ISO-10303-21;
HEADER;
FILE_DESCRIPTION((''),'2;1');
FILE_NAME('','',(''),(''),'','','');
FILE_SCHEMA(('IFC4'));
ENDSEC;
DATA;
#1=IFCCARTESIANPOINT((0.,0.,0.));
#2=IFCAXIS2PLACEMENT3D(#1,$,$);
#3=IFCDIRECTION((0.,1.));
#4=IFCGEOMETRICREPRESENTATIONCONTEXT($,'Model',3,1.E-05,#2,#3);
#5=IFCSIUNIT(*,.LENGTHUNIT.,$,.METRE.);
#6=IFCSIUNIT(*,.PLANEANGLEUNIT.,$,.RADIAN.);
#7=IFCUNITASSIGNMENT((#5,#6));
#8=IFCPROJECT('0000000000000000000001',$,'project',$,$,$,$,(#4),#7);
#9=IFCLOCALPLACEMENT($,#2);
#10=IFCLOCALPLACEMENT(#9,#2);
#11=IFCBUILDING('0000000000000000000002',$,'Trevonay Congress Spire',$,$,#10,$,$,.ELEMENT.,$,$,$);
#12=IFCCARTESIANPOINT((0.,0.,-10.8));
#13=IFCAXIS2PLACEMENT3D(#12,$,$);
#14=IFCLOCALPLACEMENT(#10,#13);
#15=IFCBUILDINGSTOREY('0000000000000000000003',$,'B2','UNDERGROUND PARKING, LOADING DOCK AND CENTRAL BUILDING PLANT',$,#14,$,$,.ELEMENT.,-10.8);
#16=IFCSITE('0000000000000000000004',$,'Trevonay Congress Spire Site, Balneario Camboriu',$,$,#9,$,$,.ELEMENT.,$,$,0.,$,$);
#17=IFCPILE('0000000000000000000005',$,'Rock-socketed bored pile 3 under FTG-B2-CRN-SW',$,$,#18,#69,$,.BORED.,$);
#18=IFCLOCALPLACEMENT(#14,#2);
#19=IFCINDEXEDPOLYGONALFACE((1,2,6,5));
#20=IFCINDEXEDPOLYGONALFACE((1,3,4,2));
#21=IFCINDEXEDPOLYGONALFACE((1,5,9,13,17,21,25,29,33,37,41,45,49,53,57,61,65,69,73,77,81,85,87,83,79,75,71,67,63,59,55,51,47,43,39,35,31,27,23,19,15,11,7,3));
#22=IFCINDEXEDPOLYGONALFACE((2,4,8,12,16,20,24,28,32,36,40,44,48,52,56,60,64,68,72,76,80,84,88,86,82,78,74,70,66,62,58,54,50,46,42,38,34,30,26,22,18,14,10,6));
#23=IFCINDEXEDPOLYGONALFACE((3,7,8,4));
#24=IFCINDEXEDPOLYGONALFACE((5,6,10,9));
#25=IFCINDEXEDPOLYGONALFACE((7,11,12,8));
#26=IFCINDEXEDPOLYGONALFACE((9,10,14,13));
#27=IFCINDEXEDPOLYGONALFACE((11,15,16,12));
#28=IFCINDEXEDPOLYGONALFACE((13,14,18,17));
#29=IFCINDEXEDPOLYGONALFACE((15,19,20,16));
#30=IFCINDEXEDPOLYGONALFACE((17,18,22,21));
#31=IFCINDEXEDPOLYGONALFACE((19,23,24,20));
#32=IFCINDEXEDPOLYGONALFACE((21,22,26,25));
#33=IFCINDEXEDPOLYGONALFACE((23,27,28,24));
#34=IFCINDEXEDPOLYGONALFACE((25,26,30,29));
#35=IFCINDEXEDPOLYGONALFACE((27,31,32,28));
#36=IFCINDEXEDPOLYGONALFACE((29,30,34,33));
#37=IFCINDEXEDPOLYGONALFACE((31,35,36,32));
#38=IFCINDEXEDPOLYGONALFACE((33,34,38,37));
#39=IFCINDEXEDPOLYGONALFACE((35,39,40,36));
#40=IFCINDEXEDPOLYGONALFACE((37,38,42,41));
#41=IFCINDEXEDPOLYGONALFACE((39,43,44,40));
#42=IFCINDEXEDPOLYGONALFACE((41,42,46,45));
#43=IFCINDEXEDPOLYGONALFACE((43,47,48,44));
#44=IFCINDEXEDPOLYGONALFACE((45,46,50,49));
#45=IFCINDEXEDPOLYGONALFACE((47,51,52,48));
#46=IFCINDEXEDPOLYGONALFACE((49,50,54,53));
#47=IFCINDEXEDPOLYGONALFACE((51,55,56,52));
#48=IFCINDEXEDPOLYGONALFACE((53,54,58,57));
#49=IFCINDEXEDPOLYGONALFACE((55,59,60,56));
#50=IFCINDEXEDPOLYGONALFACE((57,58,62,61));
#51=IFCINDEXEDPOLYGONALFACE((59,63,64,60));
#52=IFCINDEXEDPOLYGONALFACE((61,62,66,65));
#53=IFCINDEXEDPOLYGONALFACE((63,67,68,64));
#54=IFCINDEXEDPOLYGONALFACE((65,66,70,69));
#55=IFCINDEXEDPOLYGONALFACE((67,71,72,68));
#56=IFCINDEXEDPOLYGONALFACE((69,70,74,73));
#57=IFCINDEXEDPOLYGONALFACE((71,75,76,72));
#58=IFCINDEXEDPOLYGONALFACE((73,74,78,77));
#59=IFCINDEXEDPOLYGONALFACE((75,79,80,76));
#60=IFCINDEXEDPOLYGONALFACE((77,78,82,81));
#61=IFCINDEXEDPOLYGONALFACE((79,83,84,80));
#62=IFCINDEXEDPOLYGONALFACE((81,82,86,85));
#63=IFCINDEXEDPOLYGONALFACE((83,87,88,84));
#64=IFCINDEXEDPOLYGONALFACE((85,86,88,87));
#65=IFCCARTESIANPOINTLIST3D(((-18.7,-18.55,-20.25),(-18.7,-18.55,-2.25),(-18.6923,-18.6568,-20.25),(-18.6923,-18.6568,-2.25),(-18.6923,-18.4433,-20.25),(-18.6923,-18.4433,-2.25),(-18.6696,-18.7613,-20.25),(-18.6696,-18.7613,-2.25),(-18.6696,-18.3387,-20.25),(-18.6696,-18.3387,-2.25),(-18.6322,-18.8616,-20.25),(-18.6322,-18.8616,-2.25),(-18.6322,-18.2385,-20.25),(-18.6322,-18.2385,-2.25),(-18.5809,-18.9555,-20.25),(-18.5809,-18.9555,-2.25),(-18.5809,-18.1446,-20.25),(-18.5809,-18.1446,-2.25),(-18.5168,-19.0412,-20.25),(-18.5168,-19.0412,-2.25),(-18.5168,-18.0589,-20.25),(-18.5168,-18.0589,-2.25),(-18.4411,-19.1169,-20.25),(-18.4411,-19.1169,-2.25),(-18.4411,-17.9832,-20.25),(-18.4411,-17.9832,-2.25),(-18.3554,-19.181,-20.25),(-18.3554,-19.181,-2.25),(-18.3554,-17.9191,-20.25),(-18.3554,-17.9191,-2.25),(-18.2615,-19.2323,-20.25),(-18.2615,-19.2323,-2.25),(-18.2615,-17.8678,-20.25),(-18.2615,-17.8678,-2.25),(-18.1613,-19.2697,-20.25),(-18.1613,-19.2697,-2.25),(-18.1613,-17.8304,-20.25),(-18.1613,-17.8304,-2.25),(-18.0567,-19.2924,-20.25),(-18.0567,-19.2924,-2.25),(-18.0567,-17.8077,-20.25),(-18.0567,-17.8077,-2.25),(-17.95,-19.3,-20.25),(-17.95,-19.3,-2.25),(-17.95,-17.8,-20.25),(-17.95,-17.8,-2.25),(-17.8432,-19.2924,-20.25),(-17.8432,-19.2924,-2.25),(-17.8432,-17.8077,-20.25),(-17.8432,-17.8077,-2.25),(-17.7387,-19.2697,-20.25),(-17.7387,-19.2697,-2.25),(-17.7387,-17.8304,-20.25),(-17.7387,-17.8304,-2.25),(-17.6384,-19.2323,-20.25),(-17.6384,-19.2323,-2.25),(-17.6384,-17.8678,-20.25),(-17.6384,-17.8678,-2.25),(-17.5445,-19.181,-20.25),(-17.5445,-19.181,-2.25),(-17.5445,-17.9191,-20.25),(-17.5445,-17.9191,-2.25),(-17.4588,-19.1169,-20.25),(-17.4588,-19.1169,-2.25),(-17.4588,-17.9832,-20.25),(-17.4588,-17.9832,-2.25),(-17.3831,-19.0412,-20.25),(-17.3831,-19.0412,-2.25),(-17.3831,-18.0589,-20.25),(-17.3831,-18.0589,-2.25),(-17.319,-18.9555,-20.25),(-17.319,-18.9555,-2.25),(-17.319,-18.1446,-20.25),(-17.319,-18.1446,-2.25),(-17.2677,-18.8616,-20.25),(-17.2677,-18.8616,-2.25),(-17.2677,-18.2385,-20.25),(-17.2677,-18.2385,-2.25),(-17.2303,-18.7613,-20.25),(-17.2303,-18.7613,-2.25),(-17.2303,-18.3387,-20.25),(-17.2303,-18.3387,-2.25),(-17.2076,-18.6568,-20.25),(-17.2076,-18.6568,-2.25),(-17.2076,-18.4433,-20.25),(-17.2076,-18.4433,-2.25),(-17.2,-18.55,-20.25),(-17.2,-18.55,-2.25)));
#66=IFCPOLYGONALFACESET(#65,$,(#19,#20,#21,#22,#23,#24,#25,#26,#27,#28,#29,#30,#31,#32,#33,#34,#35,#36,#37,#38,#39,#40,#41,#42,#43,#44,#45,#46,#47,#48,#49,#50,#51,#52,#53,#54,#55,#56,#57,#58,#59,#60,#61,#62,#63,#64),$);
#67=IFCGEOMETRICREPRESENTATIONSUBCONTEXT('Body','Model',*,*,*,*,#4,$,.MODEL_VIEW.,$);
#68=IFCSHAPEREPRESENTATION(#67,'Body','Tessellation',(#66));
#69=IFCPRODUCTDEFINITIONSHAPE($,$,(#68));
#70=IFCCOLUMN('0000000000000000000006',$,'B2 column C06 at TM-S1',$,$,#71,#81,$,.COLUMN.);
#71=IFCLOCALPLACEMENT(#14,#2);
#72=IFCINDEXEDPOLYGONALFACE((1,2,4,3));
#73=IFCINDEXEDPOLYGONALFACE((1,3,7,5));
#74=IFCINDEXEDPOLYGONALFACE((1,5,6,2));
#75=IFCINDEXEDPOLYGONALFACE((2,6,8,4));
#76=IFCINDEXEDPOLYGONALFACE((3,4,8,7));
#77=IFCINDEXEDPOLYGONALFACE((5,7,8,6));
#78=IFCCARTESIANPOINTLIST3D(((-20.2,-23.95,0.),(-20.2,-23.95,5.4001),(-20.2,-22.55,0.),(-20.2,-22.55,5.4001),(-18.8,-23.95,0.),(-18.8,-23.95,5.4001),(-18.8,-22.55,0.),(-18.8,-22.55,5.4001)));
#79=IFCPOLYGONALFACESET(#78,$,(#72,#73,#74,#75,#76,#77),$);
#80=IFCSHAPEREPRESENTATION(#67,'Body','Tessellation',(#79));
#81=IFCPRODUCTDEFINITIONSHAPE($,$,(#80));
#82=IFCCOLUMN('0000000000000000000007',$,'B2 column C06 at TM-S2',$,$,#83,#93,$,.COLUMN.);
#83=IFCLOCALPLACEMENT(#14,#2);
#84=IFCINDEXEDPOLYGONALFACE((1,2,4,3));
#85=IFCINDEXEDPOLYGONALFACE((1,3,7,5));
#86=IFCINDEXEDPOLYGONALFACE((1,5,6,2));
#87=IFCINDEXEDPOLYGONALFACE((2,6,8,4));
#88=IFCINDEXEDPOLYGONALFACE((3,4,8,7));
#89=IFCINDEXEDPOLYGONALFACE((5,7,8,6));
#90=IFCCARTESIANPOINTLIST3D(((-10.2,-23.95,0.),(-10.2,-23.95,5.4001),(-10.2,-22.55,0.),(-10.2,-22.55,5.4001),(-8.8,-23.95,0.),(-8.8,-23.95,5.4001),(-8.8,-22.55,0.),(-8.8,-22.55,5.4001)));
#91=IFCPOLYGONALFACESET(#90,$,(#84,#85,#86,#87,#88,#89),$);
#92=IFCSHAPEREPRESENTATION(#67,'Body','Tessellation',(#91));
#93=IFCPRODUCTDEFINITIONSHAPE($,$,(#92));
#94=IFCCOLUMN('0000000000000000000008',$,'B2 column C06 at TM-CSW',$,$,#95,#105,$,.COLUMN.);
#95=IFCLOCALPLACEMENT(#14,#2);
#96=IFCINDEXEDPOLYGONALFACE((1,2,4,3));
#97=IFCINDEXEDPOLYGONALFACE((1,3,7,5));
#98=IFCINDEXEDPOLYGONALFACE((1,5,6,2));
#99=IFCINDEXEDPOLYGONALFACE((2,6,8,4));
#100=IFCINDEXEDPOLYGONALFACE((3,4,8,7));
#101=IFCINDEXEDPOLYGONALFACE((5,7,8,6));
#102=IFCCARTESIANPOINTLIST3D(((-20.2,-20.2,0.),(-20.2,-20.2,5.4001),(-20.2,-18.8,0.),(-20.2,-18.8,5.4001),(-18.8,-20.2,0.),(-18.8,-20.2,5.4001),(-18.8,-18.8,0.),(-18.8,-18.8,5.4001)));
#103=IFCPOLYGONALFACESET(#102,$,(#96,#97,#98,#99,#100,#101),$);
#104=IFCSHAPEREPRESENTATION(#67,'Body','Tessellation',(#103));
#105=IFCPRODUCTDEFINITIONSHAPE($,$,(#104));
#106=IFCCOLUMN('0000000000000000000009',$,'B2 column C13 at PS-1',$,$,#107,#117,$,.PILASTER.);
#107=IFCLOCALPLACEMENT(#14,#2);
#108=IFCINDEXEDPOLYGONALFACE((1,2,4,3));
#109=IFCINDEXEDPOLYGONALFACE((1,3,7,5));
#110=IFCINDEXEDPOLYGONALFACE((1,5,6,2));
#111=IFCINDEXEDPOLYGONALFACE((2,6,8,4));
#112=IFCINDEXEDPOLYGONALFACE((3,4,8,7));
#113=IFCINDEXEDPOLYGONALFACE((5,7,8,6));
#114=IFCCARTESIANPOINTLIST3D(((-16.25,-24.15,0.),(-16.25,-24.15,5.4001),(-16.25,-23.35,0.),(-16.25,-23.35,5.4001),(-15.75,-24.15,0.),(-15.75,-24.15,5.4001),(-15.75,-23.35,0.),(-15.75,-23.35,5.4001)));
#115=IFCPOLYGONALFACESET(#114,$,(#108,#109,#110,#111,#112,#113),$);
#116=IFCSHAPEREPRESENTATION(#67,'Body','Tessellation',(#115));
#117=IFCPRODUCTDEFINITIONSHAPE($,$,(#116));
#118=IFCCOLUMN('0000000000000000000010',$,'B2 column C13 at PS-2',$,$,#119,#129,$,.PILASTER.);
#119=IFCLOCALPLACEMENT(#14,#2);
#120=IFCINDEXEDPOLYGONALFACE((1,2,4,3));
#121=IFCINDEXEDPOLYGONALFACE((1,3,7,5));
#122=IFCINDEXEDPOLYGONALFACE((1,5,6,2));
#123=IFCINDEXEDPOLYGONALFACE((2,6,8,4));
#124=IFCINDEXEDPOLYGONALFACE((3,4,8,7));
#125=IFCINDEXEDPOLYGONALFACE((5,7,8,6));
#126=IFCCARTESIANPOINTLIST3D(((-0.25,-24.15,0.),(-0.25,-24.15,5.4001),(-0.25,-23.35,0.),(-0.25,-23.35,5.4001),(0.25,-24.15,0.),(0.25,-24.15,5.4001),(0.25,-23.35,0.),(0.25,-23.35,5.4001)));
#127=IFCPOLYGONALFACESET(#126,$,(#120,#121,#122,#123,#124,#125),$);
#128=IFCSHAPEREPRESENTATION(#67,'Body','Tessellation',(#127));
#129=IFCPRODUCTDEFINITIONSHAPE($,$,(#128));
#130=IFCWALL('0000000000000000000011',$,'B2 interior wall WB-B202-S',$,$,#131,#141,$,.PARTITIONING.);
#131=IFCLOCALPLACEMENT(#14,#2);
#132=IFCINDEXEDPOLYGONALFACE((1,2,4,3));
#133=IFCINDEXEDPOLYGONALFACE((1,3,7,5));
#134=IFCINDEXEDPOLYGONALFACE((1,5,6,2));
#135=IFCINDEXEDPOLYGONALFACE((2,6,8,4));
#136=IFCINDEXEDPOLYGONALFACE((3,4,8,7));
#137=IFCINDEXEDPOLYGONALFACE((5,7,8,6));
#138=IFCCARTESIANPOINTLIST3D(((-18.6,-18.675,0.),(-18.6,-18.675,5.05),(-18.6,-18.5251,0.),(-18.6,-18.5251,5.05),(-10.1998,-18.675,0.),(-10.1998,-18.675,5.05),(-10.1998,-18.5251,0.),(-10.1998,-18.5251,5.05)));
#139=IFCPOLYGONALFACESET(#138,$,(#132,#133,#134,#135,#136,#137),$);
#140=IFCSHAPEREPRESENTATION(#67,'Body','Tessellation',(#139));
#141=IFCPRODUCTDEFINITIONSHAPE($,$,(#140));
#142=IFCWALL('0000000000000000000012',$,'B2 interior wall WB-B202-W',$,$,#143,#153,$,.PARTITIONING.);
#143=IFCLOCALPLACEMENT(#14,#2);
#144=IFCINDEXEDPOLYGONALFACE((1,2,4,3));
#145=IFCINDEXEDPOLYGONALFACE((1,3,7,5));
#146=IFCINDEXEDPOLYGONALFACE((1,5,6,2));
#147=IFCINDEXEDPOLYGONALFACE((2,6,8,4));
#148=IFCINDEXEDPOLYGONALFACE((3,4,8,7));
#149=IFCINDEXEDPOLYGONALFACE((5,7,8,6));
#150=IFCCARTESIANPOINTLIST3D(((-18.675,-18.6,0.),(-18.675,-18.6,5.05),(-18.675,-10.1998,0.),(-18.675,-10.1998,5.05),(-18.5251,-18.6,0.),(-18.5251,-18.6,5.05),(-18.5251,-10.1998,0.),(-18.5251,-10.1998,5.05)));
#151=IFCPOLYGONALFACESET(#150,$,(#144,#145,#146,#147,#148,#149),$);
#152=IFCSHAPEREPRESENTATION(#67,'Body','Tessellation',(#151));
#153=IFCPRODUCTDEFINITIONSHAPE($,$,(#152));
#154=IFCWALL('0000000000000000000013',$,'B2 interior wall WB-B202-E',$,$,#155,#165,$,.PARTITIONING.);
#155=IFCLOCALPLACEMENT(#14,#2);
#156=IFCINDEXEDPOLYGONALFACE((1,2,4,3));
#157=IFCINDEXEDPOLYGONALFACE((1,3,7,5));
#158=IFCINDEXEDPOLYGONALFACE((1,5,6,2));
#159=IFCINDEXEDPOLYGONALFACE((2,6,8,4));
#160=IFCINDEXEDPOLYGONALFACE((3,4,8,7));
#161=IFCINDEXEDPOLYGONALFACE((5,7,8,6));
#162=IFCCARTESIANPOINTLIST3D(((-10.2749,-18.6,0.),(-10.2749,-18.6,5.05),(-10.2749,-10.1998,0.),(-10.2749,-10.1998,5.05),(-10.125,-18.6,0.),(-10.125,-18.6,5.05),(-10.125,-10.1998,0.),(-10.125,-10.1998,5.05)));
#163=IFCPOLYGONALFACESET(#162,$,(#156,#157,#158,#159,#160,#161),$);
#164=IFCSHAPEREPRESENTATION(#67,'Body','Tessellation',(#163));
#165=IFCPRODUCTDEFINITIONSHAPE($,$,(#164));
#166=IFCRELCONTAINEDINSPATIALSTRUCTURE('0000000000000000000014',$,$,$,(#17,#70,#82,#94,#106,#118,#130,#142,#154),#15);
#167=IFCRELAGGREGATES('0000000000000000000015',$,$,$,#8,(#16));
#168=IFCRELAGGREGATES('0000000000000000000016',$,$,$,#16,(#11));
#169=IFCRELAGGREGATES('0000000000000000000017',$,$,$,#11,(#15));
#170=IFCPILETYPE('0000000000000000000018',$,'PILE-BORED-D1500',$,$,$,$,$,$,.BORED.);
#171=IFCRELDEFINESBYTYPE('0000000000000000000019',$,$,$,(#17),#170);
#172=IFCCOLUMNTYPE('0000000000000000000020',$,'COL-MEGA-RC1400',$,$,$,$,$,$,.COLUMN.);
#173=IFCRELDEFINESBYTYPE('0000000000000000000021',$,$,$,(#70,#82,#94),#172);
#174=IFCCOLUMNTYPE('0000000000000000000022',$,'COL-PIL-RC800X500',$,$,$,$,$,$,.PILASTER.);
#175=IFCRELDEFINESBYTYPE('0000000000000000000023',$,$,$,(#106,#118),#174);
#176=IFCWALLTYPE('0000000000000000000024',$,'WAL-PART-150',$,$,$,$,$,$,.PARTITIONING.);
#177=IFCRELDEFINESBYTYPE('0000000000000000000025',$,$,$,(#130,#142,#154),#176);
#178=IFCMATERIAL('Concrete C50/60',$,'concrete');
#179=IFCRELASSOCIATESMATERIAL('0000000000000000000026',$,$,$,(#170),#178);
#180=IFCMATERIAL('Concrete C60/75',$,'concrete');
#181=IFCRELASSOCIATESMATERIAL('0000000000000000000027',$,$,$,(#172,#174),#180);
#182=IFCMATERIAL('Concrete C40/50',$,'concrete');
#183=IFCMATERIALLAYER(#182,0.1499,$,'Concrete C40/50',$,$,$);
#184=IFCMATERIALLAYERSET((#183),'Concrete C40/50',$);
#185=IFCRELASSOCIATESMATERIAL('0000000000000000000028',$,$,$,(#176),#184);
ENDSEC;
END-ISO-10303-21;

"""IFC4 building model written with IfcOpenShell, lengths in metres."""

from ifc_helpers import new_model, si_unit, direction, frame, frame_2d, origin, origin_2d, place, context, subcontext, project, spatial, rectangle, circle, extrude, material, layer, layer_set, material_profile, profile_set, type_object, element, save


model = new_model("IFC4")

# Units and contexts
model_context = context("Model", 3, precision=1e-05, world=origin(), true_north=direction((0.0, 1.0)))
body_context = subcontext(model_context, "Body", "Model", "MODEL_VIEW")
ifc_project = project(units=[si_unit("LENGTHUNIT", "METRE"), si_unit("PLANEANGLEUNIT", "RADIAN")], contexts=[model_context])

# Site, building, storey
site_placement = place(None, origin())
site = spatial("IfcSite", under=ifc_project, at=site_placement, Name="Trevonay Congress Spire Site, Balneario Camboriu", CompositionType="ELEMENT", RefElevation=0.0)
building_placement = place(site_placement, origin())
building = spatial("IfcBuilding", under=site, at=building_placement, Name="Trevonay Congress Spire", CompositionType="ELEMENT")
storey_placement = place(building_placement, frame((0.0, 0.0, -10.8)))
storey = spatial("IfcBuildingStorey", under=building, at=storey_placement, Name="B2", Description="UNDERGROUND PARKING, LOADING DOCK AND CENTRAL BUILDING PLANT", CompositionType="ELEMENT", Elevation=-10.8)

# Shared definitions
ifc_material_1 = material(Name="Concrete C50/60", Category="concrete")

# Pile
ifc_material_profile_1 = material_profile(ifc_material_1, circle(Radius=0.75, at=origin_2d()), Name="PILE D1500")
ifc_profile_set_1 = profile_set([ifc_material_profile_1], Name="Concrete C50/60")
pile_type_1 = type_object("IfcPileType", Name="PILE-BORED-D1500", PredefinedType="BORED", material=ifc_profile_set_1)
for number, where, z_axis, x_axis, name in (
    (1, (-17.95, -18.55, -2.25), (0.0, 0.0, -1.0), (1.0, 0.0, 0.0), "Rock-socketed bored pile 3 under FTG-B2-CRN-SW"),
):
    element("IfcPile", number, at=place(storey_placement, frame(where, z_axis=z_axis, x_axis=x_axis)), inside=storey, type_object=pile_type_1, Name=name, PredefinedType="BORED", context=body_context, shape_type="SweptSolid", body=[
        extrude(circle(Radius=0.75, at=origin_2d()), origin(), (0.0, 0.0, 1.0), 18.0),
    ])

# Columns
ifc_material_2 = material(Name="Concrete C60/75", Category="concrete")
ifc_material_profile_2 = material_profile(ifc_material_2, rectangle(XDim=1.3999, YDim=1.3999, at=origin_2d()), Name="RC 1400x1400")
ifc_profile_set_2 = profile_set([ifc_material_profile_2], Name="Concrete C60/75")
column_type_1 = type_object("IfcColumnType", Name="COL-MEGA-RC1400", PredefinedType="COLUMN", material=ifc_profile_set_2)
for number, where, z_axis, x_axis, name in (
    (2, (-19.5, -23.25, 0.0), (0.0, 0.0, 1.0), (1.0, 0.0, 0.0), "B2 column C06 at TM-S1"),
    (3, (-9.5, -23.25, 0.0), (0.0, 0.0, 1.0), (1.0, 0.0, 0.0), "B2 column C06 at TM-S2"),
    (4, (-19.5, -19.5, 0.0), (0.0, 0.0, 1.0), (1.0, 0.0, 0.0), "B2 column C06 at TM-CSW"),
):
    element("IfcColumn", number, at=place(storey_placement, frame(where, z_axis=z_axis, x_axis=x_axis)), inside=storey, type_object=column_type_1, Name=name, PredefinedType="COLUMN", context=body_context, shape_type="SweptSolid", body=[
        extrude(rectangle(XDim=1.3999, YDim=1.3999, at=origin_2d()), origin(), (0.0, 0.0, 1.0), 5.4001),
    ])
ifc_material_profile_3 = material_profile(ifc_material_2, rectangle(XDim=0.5, YDim=0.8, at=origin_2d()), Name="RC 800x500")
ifc_profile_set_3 = profile_set([ifc_material_profile_3], Name="Concrete C60/75")
column_type_2 = type_object("IfcColumnType", Name="COL-PIL-RC800X500", PredefinedType="PILASTER", material=ifc_profile_set_3)
for number, where, z_axis, x_axis, name in (
    (5, (-16.0, -23.75, 0.0), (0.0, 0.0, 1.0), (1.0, 0.0, 0.0), "B2 column C13 at PS-1"),
    (6, (0.0, -23.75, 0.0), (0.0, 0.0, 1.0), (1.0, 0.0, 0.0), "B2 column C13 at PS-2"),
):
    element("IfcColumn", number, at=place(storey_placement, frame(where, z_axis=z_axis, x_axis=x_axis)), inside=storey, type_object=column_type_2, Name=name, PredefinedType="PILASTER", context=body_context, shape_type="SweptSolid", body=[
        extrude(rectangle(XDim=0.5, YDim=0.8, at=origin_2d()), origin(), (0.0, 0.0, 1.0), 5.4001),
    ])

# Walls
ifc_material_3 = material(Name="Concrete C40/50", Category="concrete")
ifc_layer = layer(ifc_material_3, 0.1499, Name="Concrete C40/50")
ifc_layer_set = layer_set([ifc_layer], Name="Concrete C40/50")
wall_type = type_object("IfcWallType", Name="WAL-PART-150", PredefinedType="PARTITIONING", material=ifc_layer_set)
for number, where, z_axis, x_axis, name in (
    (7, (-18.6001, -18.6001, 0.0), (0.0, 0.0, 1.0), (1.0, 0.0, 0.0), "B2 interior wall WB-B202-S"),
    (8, (-18.6001, -18.6001, 0.0), (0.0, 0.0, 1.0), (0.0, 1.0, 0.0), "B2 interior wall WB-B202-W"),
    (9, (-10.2, -18.6001, 0.0), (0.0, 0.0, 1.0), (0.0, 1.0, 0.0), "B2 interior wall WB-B202-E"),
):
    element("IfcWall", number, at=place(storey_placement, frame(where, z_axis=z_axis, x_axis=x_axis)), inside=storey, type_object=wall_type, Name=name, PredefinedType="PARTITIONING", context=body_context, shape_type="SweptSolid", body=[
        extrude(rectangle(XDim=8.4001, YDim=0.1499, at=frame_2d((4.2002, 0.0))), origin(), (0.0, 0.0, 1.0), 5.05),
    ])

save(model, "model.ifc")
